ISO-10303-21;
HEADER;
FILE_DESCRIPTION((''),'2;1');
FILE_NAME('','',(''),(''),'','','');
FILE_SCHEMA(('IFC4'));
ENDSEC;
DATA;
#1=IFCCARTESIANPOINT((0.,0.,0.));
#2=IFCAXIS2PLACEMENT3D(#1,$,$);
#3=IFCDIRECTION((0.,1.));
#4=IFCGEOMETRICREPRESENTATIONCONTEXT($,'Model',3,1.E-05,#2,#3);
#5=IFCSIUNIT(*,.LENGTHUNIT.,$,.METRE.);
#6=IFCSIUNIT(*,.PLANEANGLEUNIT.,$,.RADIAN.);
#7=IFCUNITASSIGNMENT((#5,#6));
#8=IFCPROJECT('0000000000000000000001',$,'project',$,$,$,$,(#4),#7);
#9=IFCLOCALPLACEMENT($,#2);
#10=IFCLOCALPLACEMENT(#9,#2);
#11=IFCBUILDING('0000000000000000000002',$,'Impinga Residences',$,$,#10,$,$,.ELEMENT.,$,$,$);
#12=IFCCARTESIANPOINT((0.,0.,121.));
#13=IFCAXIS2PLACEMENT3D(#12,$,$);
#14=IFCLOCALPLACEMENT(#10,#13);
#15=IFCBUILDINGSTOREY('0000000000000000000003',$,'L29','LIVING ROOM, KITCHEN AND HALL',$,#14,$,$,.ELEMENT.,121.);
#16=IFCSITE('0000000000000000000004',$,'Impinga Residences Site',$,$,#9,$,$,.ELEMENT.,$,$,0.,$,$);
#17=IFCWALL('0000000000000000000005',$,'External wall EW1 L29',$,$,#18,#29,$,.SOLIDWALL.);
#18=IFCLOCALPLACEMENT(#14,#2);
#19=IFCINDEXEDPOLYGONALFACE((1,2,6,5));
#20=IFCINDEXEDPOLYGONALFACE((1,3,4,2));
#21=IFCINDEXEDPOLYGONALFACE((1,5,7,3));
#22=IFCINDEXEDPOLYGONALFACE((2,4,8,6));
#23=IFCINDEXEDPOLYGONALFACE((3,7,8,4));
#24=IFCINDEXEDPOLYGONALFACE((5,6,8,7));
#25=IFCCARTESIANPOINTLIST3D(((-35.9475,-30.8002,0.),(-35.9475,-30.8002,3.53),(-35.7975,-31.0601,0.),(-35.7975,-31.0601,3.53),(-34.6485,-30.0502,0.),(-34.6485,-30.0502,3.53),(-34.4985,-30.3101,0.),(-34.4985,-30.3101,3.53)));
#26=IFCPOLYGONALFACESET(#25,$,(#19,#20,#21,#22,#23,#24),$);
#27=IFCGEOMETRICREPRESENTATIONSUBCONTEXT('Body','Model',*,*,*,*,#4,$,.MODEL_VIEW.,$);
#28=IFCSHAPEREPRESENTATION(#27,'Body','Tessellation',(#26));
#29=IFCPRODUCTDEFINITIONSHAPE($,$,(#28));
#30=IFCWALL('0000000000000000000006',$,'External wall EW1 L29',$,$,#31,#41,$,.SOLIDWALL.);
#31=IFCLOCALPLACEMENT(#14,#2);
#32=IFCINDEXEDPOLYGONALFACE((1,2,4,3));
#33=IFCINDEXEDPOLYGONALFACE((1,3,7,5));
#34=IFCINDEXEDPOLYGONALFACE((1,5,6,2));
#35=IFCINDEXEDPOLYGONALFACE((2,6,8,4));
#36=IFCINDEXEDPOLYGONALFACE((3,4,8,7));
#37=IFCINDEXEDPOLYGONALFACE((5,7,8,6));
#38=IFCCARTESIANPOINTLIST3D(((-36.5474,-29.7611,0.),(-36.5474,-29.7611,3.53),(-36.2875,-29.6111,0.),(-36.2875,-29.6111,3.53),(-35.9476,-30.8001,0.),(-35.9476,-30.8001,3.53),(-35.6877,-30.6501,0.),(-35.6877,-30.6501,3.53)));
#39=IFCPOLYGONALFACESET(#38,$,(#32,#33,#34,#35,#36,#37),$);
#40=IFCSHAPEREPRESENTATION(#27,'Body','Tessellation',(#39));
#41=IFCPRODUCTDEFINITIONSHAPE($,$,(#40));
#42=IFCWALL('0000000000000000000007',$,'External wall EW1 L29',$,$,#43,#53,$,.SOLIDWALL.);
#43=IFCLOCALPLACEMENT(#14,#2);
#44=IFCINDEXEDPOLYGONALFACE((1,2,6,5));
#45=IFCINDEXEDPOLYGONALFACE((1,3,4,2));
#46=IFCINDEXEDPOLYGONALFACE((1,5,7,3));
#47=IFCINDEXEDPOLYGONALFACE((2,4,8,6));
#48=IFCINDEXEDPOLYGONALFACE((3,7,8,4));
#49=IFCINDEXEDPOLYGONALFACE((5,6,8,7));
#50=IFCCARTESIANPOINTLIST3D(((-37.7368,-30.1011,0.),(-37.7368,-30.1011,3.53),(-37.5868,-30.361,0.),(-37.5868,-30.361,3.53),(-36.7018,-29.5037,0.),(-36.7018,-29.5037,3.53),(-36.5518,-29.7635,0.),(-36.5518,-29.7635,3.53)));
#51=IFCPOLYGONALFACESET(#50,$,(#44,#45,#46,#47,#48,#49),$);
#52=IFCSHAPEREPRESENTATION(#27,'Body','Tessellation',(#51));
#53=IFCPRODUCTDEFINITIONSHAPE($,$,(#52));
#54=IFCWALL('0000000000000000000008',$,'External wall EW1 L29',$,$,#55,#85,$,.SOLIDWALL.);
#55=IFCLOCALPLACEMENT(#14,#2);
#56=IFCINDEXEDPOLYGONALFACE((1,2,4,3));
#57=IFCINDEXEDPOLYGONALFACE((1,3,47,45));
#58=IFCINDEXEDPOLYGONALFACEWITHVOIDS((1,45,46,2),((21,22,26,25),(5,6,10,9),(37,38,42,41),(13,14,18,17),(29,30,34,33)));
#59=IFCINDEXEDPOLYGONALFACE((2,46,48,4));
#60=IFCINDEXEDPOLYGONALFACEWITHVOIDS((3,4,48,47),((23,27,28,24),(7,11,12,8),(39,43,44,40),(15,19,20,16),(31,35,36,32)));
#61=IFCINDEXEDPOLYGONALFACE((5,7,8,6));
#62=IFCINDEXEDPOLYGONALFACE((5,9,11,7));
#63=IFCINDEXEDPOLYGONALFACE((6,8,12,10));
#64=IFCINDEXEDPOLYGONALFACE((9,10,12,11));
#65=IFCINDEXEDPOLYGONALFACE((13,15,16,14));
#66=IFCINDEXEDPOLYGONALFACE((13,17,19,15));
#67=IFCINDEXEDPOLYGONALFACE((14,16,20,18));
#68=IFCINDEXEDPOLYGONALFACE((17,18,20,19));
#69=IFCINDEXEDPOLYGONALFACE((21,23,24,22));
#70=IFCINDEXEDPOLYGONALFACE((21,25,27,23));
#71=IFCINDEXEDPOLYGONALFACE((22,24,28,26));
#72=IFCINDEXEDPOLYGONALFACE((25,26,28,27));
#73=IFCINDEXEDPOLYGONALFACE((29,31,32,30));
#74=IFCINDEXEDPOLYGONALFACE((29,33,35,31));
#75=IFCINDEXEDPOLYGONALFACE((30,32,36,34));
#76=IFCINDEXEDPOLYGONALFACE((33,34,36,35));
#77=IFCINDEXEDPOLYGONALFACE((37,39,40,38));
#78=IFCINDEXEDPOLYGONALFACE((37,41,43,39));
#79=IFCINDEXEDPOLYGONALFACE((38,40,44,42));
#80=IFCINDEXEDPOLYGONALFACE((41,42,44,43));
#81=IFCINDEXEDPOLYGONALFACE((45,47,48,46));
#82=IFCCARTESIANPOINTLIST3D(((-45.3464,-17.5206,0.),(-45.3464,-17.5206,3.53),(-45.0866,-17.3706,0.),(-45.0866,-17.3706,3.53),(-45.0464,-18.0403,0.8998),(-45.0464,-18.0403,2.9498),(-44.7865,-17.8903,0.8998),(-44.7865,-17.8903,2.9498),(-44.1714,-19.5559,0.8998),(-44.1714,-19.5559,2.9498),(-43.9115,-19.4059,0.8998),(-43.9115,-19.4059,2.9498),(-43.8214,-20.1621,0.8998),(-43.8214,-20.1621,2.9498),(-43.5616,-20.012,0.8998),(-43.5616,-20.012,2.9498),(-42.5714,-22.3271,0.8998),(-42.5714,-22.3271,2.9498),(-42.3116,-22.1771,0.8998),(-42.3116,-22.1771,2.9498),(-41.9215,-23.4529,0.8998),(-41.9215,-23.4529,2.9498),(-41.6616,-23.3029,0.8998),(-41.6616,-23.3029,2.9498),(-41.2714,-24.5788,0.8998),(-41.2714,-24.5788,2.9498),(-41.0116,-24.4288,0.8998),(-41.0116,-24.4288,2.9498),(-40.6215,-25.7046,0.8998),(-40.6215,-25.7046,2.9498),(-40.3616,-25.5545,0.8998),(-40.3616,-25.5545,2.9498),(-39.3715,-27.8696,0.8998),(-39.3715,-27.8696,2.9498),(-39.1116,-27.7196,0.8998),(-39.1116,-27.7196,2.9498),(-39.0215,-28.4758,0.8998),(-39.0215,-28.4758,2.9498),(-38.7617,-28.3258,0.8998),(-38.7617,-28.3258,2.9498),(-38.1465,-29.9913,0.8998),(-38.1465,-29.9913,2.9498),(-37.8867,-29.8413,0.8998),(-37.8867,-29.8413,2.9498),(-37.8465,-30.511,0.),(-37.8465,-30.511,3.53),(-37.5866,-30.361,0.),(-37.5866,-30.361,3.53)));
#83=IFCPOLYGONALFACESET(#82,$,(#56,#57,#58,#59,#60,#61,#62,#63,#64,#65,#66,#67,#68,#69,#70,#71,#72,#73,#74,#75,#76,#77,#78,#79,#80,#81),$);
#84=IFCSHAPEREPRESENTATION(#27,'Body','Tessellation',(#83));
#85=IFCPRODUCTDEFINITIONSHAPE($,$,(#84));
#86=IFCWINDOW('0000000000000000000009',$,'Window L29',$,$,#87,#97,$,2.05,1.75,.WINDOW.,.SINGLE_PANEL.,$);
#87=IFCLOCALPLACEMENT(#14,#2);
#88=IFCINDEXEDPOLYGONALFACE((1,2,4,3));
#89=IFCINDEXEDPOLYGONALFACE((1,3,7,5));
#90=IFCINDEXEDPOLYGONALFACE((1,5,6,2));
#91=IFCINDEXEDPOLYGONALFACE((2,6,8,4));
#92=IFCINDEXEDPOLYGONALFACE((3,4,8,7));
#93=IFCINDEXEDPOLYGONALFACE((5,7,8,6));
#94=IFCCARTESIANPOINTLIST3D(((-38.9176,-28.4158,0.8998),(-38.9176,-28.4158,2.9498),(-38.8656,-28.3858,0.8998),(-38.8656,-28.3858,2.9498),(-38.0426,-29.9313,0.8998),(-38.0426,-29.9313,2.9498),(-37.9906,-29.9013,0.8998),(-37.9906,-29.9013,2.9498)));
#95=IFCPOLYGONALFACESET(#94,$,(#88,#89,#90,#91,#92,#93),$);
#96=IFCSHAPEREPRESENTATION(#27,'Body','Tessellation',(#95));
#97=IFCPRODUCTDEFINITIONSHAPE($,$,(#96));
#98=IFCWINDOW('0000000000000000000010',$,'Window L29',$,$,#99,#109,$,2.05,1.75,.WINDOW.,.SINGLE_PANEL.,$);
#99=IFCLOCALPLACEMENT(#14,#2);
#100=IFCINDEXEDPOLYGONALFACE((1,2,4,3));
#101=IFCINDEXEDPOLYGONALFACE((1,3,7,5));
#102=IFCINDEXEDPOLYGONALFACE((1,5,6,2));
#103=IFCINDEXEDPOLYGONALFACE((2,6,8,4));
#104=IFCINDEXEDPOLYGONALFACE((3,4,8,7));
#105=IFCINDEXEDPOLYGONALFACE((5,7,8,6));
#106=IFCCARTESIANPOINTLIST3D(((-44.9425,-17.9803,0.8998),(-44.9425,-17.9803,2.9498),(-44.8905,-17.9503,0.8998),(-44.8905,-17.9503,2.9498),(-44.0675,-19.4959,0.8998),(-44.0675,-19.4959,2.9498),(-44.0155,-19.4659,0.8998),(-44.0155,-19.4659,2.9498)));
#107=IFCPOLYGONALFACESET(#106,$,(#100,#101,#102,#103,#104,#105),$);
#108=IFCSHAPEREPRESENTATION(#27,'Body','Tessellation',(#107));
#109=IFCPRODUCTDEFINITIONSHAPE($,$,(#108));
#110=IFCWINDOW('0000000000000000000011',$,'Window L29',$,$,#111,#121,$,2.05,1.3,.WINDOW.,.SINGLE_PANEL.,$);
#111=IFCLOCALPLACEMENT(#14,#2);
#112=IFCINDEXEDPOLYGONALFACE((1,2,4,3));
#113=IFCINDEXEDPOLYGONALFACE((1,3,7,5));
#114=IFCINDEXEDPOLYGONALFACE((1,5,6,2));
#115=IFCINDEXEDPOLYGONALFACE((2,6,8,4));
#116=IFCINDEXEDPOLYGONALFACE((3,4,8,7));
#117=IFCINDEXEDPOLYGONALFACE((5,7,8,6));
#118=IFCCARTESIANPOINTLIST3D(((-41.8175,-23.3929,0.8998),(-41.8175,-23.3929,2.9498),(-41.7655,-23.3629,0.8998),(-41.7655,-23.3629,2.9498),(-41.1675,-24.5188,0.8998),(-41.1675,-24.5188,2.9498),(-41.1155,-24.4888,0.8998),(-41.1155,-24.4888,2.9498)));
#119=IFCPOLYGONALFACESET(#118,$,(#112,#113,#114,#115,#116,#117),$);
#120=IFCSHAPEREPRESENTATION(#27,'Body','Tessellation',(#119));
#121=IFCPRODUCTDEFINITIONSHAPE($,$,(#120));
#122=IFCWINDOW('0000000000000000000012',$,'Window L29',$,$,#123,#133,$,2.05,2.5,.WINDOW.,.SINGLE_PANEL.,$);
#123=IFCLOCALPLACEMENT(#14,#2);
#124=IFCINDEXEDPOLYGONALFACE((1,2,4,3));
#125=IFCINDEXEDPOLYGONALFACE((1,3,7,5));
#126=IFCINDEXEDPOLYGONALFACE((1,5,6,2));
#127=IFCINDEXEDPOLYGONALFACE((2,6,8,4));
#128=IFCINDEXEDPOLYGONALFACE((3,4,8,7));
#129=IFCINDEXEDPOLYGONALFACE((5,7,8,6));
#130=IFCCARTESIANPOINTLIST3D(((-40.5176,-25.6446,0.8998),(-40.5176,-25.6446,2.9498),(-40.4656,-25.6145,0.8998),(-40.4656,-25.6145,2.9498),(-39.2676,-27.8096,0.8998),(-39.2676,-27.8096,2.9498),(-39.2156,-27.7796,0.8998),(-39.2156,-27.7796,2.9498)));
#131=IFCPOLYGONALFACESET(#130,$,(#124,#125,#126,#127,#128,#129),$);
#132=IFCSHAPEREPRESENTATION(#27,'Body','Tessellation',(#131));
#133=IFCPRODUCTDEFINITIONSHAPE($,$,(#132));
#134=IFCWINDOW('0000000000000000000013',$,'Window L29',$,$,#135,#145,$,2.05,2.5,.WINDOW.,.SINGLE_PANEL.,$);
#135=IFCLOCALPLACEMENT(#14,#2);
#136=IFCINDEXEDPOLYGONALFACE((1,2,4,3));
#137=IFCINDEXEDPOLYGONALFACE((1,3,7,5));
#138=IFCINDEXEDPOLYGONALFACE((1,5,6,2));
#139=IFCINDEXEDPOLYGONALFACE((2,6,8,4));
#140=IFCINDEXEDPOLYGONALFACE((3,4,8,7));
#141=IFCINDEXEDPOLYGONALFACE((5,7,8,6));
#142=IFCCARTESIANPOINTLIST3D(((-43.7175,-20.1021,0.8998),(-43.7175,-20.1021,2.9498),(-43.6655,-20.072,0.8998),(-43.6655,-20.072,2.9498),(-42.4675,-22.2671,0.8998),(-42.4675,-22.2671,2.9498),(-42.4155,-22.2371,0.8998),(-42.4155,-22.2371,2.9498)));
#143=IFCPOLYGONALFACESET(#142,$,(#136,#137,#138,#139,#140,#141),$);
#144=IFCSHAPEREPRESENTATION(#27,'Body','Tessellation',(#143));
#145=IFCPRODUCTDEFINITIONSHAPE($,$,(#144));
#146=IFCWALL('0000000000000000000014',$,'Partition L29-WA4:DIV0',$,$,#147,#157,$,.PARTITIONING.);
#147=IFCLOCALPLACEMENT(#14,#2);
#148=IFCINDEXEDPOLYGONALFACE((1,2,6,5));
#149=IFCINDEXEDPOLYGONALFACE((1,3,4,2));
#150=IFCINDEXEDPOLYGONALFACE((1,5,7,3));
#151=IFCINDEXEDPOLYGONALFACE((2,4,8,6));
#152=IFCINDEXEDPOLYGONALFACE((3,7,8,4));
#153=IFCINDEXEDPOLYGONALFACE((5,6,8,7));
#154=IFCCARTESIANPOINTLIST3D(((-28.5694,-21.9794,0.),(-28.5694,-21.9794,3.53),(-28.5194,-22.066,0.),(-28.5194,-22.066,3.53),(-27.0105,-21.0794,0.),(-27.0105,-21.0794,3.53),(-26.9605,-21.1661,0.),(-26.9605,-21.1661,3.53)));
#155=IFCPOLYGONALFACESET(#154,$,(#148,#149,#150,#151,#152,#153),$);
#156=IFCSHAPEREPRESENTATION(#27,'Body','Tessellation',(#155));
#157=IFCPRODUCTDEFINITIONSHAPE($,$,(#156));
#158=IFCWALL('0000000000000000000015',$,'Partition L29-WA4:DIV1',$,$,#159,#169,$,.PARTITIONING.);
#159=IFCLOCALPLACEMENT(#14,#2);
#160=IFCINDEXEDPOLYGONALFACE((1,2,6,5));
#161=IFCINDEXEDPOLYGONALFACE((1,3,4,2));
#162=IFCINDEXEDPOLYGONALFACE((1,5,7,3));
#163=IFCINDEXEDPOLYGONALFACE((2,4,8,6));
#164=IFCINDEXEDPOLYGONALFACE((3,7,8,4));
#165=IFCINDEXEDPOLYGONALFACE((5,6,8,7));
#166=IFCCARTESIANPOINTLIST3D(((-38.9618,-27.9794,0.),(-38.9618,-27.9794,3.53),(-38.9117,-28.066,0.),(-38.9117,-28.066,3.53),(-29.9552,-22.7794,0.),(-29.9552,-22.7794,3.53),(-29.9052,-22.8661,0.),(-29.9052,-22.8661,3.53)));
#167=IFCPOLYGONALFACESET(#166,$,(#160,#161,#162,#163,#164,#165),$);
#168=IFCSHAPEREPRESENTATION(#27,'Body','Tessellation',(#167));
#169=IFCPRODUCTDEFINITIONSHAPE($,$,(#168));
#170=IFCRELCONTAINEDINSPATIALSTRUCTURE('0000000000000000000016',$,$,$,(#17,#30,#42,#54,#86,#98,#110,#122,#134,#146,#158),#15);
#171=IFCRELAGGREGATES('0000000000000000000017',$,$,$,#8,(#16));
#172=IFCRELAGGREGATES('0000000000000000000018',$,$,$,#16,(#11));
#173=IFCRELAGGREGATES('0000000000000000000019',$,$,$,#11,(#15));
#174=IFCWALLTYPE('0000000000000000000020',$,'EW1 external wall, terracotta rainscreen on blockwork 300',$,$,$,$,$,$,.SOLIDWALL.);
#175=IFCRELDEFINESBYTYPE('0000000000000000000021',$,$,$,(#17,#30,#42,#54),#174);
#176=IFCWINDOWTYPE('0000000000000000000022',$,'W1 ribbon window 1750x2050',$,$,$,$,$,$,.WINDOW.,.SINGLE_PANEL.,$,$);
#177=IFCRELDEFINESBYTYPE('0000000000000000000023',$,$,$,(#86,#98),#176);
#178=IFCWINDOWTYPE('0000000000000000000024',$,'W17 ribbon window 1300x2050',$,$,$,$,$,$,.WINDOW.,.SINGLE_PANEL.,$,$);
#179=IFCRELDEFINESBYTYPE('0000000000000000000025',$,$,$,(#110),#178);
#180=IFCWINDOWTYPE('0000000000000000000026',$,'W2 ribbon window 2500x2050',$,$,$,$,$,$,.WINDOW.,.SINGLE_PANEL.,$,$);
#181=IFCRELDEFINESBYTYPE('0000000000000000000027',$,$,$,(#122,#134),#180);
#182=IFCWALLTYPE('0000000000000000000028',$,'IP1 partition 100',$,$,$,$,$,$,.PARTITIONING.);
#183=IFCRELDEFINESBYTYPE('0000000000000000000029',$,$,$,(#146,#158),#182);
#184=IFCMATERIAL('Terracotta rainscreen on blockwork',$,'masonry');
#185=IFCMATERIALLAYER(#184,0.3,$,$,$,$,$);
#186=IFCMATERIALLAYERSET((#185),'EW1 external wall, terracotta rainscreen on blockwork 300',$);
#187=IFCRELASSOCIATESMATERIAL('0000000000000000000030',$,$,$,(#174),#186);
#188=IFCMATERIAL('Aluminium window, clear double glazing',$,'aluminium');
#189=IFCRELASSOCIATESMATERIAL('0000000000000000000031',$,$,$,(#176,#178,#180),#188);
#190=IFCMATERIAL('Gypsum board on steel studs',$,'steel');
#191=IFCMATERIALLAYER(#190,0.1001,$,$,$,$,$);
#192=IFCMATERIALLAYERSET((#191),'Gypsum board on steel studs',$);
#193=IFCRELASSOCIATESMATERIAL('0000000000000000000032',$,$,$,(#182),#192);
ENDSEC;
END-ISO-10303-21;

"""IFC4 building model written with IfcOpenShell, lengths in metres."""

from ifc_helpers import new_model, si_unit, direction, frame, frame_2d, origin, place, context, subcontext, project, spatial, rectangle, extrude, material, layer, layer_set, type_object, element, fill, save


model = new_model("IFC4")

# Units and contexts
model_context = context("Model", 3, precision=1e-05, world=origin(), true_north=direction((0.0, 1.0)))
body_context = subcontext(model_context, "Body", "Model", "MODEL_VIEW")
ifc_project = project(units=[si_unit("LENGTHUNIT", "METRE"), si_unit("PLANEANGLEUNIT", "RADIAN")], contexts=[model_context])

# Site, building, storey
site_placement = place(None, origin())
site = spatial("IfcSite", under=ifc_project, at=site_placement, Name="Impinga Residences Site", CompositionType="ELEMENT", RefElevation=0.0)
building_placement = place(site_placement, origin())
building = spatial("IfcBuilding", under=site, at=building_placement, Name="Impinga Residences", CompositionType="ELEMENT")
storey_placement = place(building_placement, frame((0.0, 0.0, 121.0)))
storey = spatial("IfcBuildingStorey", under=building, at=storey_placement, Name="L29", Description="LIVING ROOM, KITCHEN AND HALL", CompositionType="ELEMENT", Elevation=121.0)

# Walls
ifc_material_1 = material(Name="Terracotta rainscreen on blockwork", Category="masonry")
ifc_layer_1 = layer(ifc_material_1, 0.3)
ifc_layer_set_1 = layer_set([ifc_layer_1], Name="EW1 external wall, terracotta rainscreen on blockwork 300")
wall_type_1 = type_object("IfcWallType", Name="EW1 external wall, terracotta rainscreen on blockwork 300", PredefinedType="SOLIDWALL", material=ifc_layer_set_1)
wall_1_placement = place(storey_placement, frame((-34.5735, -30.1802, 0.0), z_axis=(0.0, 0.0, 1.0), x_axis=(-0.866031, -0.49999, 0.0)))
element("IfcWall", 1, at=wall_1_placement, inside=storey, type_object=wall_type_1, Name="External wall EW1 L29", PredefinedType="SOLIDWALL", context=body_context, shape_type="SweptSolid", body=[
    extrude(rectangle(XDim=1.5, YDim=0.3, at=frame_2d((0.75, 0.0))), origin(), (0.0, 0.0, 1.0), 3.53),
])
wall_2_placement = place(storey_placement, frame((-35.8176, -30.7251, 0.0), z_axis=(0.0, 0.0, 1.0), x_axis=(-0.499969, 0.866043, 0.0)))
element("IfcWall", 2, at=wall_2_placement, inside=storey, type_object=wall_type_1, Name="External wall EW1 L29", PredefinedType="SOLIDWALL", context=body_context, shape_type="SweptSolid", body=[
    extrude(rectangle(XDim=1.1997, YDim=0.3, at=frame_2d((0.5999, 0.0))), origin(), (0.0, 0.0, 1.0), 3.53),
])
wall_3_placement = place(storey_placement, frame((-36.6267, -29.6335, 0.0), z_axis=(0.0, 0.0, 1.0), x_axis=(-0.86606, -0.499941, 0.0)))
element("IfcWall", 3, at=wall_3_placement, inside=storey, type_object=wall_type_1, Name="External wall EW1 L29", PredefinedType="SOLIDWALL", context=body_context, shape_type="SweptSolid", body=[
    extrude(rectangle(XDim=1.1951, YDim=0.3, at=frame_2d((0.5977, 0.0))), origin(), (0.0, 0.0, 1.0), 3.53),
])

# Wall, openings, windows
wall_4_placement = place(storey_placement, frame((-37.7166, -30.436, 0.0), z_axis=(0.0, 0.0, 1.0), x_axis=(-0.499997, 0.866027, 0.0)))
wall_4 = element("IfcWall", 4, at=wall_4_placement, inside=storey, type_object=wall_type_1, Name="External wall EW1 L29", PredefinedType="SOLIDWALL", context=body_context, shape_type="SweptSolid", body=[
    extrude(rectangle(XDim=15.0, YDim=0.3, at=frame_2d((7.5, 0.0))), origin(), (0.0, 0.0, 1.0), 3.53),
])
opening_1_placement = place(wall_4_placement, frame((0.6001, 0.0, 0.8999)))
opening_1 = element("IfcOpeningElement", 5, at=opening_1_placement, cuts=wall_4, PredefinedType="OPENING", context=body_context, shape_type="SweptSolid", body=[
    extrude(rectangle(XDim=1.75, YDim=2.05, at=frame_2d((0.875, 1.0249))), frame((0.0, 0.1599, 0.0), z_axis=(0.0, -1.0, 0.0), x_axis=(1.0, 0.0, 0.0)), (0.0, 0.0, 1.0), 0.3201),
])
opening_2_placement = place(wall_4_placement, frame((3.05, 0.0, 0.8999)))
opening_2 = element("IfcOpeningElement", 6, at=opening_2_placement, cuts=wall_4, PredefinedType="OPENING", context=body_context, shape_type="SweptSolid", body=[
    extrude(rectangle(XDim=2.5, YDim=2.05, at=frame_2d((1.25, 1.0249))), frame((0.0, 0.1599, 0.0), z_axis=(0.0, -1.0, 0.0), x_axis=(1.0, 0.0, 0.0)), (0.0, 0.0, 1.0), 0.3201),
])
opening_3_placement = place(wall_4_placement, frame((6.8501, 0.0, 0.8999)))
opening_3 = element("IfcOpeningElement", 7, at=opening_3_placement, cuts=wall_4, PredefinedType="OPENING", context=body_context, shape_type="SweptSolid", body=[
    extrude(rectangle(XDim=1.3, YDim=2.05, at=frame_2d((0.6499, 1.0249))), frame((0.0, 0.1599, 0.0), z_axis=(0.0, -1.0, 0.0), x_axis=(1.0, 0.0, 0.0)), (0.0, 0.0, 1.0), 0.3201),
])
opening_4_placement = place(wall_4_placement, frame((9.45, 0.0, 0.8999)))
opening_4 = element("IfcOpeningElement", 8, at=opening_4_placement, cuts=wall_4, PredefinedType="OPENING", context=body_context, shape_type="SweptSolid", body=[
    extrude(rectangle(XDim=2.5, YDim=2.05, at=frame_2d((1.25, 1.0249))), frame((0.0, 0.1599, 0.0), z_axis=(0.0, -1.0, 0.0), x_axis=(1.0, 0.0, 0.0)), (0.0, 0.0, 1.0), 0.3201),
])
opening_5_placement = place(wall_4_placement, frame((12.6499, 0.0, 0.8999)))
opening_5 = element("IfcOpeningElement", 9, at=opening_5_placement, cuts=wall_4, PredefinedType="OPENING", context=body_context, shape_type="SweptSolid", body=[
    extrude(rectangle(XDim=1.75, YDim=2.05, at=frame_2d((0.875, 1.0249))), frame((0.0, 0.1599, 0.0), z_axis=(0.0, -1.0, 0.0), x_axis=(1.0, 0.0, 0.0)), (0.0, 0.0, 1.0), 0.3201),
])
ifc_material_2 = material(Name="Aluminium window, clear double glazing", Category="aluminium")
window_type_1 = type_object("IfcWindowType", Name="W1 ribbon window 1750x2050", PartitioningType="SINGLE_PANEL", PredefinedType="WINDOW", material=ifc_material_2)
window_1_placement = place(opening_1_placement, origin())
window_1 = element("IfcWindow", 10, at=window_1_placement, inside=storey, type_object=window_type_1, Name="Window L29", OverallHeight=2.05, OverallWidth=1.75, PartitioningType="SINGLE_PANEL", PredefinedType="WINDOW", context=body_context, shape_type="SweptSolid", body=[
    extrude(rectangle(XDim=1.75, YDim=2.05, at=frame_2d((0.875, 1.0249))), frame((0.0, 0.03, 0.0), z_axis=(0.0, -1.0, 0.0), x_axis=(1.0, 0.0, 0.0)), (0.0, 0.0, 1.0), 0.0601),
])
fill(opening_1, window_1)
window_2_placement = place(opening_5_placement, origin())
window_2 = element("IfcWindow", 11, at=window_2_placement, inside=storey, type_object=window_type_1, Name="Window L29", OverallHeight=2.05, OverallWidth=1.75, PartitioningType="SINGLE_PANEL", PredefinedType="WINDOW", context=body_context, shape_type="SweptSolid", body=[
    extrude(rectangle(XDim=1.75, YDim=2.05, at=frame_2d((0.875, 1.0249))), frame((0.0, 0.03, 0.0), z_axis=(0.0, -1.0, 0.0), x_axis=(1.0, 0.0, 0.0)), (0.0, 0.0, 1.0), 0.0601),
])
fill(opening_5, window_2)
window_type_2 = type_object("IfcWindowType", Name="W17 ribbon window 1300x2050", PartitioningType="SINGLE_PANEL", PredefinedType="WINDOW", material=ifc_material_2)
window_3_placement = place(opening_3_placement, origin())
window_3 = element("IfcWindow", 12, at=window_3_placement, inside=storey, type_object=window_type_2, Name="Window L29", OverallHeight=2.05, OverallWidth=1.3, PartitioningType="SINGLE_PANEL", PredefinedType="WINDOW", context=body_context, shape_type="SweptSolid", body=[
    extrude(rectangle(XDim=1.3, YDim=2.05, at=frame_2d((0.6499, 1.0249))), frame((0.0, 0.03, 0.0), z_axis=(0.0, -1.0, 0.0), x_axis=(1.0, 0.0, 0.0)), (0.0, 0.0, 1.0), 0.0601),
])
fill(opening_3, window_3)
window_type_3 = type_object("IfcWindowType", Name="W2 ribbon window 2500x2050", PartitioningType="SINGLE_PANEL", PredefinedType="WINDOW", material=ifc_material_2)
window_4_placement = place(opening_2_placement, origin())
window_4 = element("IfcWindow", 13, at=window_4_placement, inside=storey, type_object=window_type_3, Name="Window L29", OverallHeight=2.05, OverallWidth=2.5, PartitioningType="SINGLE_PANEL", PredefinedType="WINDOW", context=body_context, shape_type="SweptSolid", body=[
    extrude(rectangle(XDim=2.5, YDim=2.05, at=frame_2d((1.25, 1.0249))), frame((0.0, 0.03, 0.0), z_axis=(0.0, -1.0, 0.0), x_axis=(1.0, 0.0, 0.0)), (0.0, 0.0, 1.0), 0.0601),
])
fill(opening_2, window_4)
window_5_placement = place(opening_4_placement, origin())
window_5 = element("IfcWindow", 14, at=window_5_placement, inside=storey, type_object=window_type_3, Name="Window L29", OverallHeight=2.05, OverallWidth=2.5, PartitioningType="SINGLE_PANEL", PredefinedType="WINDOW", context=body_context, shape_type="SweptSolid", body=[
    extrude(rectangle(XDim=2.5, YDim=2.05, at=frame_2d((1.25, 1.0249))), frame((0.0, 0.03, 0.0), z_axis=(0.0, -1.0, 0.0), x_axis=(1.0, 0.0, 0.0)), (0.0, 0.0, 1.0), 0.0601),
])
fill(opening_4, window_5)

# Walls
ifc_material_3 = material(Name="Gypsum board on steel studs", Category="steel")
ifc_layer_2 = layer(ifc_material_3, 0.1001)
ifc_layer_set_2 = layer_set([ifc_layer_2], Name="Gypsum board on steel studs")
wall_type_2 = type_object("IfcWallType", Name="IP1 partition 100", PredefinedType="PARTITIONING", material=ifc_layer_set_2)
wall_5_placement = place(storey_placement, frame((-26.9856, -21.1228, 0.0), z_axis=(0.0, 0.0, 1.0), x_axis=(-0.866048, -0.499961, 0.0)))
element("IfcWall", 15, at=wall_5_placement, inside=storey, type_object=wall_type_2, Name="Partition L29-WA4:DIV0", PredefinedType="PARTITIONING", context=body_context, shape_type="SweptSolid", body=[
    extrude(rectangle(XDim=1.8, YDim=0.1001, at=frame_2d((0.8999, 0.0))), origin(), (0.0, 0.0, 1.0), 3.53),
])
wall_6_placement = place(storey_placement, frame((-29.9302, -22.8228, 0.0), z_axis=(0.0, 0.0, 1.0), x_axis=(-0.866026, -0.499999, 0.0)))
element("IfcWall", 16, at=wall_6_placement, inside=storey, type_object=wall_type_2, Name="Partition L29-WA4:DIV1", PredefinedType="PARTITIONING", context=body_context, shape_type="SweptSolid", body=[
    extrude(rectangle(XDim=10.3999, YDim=0.1001, at=frame_2d((5.2, 0.0))), origin(), (0.0, 0.0, 1.0), 3.53),
])

save(model, "model.ifc")
